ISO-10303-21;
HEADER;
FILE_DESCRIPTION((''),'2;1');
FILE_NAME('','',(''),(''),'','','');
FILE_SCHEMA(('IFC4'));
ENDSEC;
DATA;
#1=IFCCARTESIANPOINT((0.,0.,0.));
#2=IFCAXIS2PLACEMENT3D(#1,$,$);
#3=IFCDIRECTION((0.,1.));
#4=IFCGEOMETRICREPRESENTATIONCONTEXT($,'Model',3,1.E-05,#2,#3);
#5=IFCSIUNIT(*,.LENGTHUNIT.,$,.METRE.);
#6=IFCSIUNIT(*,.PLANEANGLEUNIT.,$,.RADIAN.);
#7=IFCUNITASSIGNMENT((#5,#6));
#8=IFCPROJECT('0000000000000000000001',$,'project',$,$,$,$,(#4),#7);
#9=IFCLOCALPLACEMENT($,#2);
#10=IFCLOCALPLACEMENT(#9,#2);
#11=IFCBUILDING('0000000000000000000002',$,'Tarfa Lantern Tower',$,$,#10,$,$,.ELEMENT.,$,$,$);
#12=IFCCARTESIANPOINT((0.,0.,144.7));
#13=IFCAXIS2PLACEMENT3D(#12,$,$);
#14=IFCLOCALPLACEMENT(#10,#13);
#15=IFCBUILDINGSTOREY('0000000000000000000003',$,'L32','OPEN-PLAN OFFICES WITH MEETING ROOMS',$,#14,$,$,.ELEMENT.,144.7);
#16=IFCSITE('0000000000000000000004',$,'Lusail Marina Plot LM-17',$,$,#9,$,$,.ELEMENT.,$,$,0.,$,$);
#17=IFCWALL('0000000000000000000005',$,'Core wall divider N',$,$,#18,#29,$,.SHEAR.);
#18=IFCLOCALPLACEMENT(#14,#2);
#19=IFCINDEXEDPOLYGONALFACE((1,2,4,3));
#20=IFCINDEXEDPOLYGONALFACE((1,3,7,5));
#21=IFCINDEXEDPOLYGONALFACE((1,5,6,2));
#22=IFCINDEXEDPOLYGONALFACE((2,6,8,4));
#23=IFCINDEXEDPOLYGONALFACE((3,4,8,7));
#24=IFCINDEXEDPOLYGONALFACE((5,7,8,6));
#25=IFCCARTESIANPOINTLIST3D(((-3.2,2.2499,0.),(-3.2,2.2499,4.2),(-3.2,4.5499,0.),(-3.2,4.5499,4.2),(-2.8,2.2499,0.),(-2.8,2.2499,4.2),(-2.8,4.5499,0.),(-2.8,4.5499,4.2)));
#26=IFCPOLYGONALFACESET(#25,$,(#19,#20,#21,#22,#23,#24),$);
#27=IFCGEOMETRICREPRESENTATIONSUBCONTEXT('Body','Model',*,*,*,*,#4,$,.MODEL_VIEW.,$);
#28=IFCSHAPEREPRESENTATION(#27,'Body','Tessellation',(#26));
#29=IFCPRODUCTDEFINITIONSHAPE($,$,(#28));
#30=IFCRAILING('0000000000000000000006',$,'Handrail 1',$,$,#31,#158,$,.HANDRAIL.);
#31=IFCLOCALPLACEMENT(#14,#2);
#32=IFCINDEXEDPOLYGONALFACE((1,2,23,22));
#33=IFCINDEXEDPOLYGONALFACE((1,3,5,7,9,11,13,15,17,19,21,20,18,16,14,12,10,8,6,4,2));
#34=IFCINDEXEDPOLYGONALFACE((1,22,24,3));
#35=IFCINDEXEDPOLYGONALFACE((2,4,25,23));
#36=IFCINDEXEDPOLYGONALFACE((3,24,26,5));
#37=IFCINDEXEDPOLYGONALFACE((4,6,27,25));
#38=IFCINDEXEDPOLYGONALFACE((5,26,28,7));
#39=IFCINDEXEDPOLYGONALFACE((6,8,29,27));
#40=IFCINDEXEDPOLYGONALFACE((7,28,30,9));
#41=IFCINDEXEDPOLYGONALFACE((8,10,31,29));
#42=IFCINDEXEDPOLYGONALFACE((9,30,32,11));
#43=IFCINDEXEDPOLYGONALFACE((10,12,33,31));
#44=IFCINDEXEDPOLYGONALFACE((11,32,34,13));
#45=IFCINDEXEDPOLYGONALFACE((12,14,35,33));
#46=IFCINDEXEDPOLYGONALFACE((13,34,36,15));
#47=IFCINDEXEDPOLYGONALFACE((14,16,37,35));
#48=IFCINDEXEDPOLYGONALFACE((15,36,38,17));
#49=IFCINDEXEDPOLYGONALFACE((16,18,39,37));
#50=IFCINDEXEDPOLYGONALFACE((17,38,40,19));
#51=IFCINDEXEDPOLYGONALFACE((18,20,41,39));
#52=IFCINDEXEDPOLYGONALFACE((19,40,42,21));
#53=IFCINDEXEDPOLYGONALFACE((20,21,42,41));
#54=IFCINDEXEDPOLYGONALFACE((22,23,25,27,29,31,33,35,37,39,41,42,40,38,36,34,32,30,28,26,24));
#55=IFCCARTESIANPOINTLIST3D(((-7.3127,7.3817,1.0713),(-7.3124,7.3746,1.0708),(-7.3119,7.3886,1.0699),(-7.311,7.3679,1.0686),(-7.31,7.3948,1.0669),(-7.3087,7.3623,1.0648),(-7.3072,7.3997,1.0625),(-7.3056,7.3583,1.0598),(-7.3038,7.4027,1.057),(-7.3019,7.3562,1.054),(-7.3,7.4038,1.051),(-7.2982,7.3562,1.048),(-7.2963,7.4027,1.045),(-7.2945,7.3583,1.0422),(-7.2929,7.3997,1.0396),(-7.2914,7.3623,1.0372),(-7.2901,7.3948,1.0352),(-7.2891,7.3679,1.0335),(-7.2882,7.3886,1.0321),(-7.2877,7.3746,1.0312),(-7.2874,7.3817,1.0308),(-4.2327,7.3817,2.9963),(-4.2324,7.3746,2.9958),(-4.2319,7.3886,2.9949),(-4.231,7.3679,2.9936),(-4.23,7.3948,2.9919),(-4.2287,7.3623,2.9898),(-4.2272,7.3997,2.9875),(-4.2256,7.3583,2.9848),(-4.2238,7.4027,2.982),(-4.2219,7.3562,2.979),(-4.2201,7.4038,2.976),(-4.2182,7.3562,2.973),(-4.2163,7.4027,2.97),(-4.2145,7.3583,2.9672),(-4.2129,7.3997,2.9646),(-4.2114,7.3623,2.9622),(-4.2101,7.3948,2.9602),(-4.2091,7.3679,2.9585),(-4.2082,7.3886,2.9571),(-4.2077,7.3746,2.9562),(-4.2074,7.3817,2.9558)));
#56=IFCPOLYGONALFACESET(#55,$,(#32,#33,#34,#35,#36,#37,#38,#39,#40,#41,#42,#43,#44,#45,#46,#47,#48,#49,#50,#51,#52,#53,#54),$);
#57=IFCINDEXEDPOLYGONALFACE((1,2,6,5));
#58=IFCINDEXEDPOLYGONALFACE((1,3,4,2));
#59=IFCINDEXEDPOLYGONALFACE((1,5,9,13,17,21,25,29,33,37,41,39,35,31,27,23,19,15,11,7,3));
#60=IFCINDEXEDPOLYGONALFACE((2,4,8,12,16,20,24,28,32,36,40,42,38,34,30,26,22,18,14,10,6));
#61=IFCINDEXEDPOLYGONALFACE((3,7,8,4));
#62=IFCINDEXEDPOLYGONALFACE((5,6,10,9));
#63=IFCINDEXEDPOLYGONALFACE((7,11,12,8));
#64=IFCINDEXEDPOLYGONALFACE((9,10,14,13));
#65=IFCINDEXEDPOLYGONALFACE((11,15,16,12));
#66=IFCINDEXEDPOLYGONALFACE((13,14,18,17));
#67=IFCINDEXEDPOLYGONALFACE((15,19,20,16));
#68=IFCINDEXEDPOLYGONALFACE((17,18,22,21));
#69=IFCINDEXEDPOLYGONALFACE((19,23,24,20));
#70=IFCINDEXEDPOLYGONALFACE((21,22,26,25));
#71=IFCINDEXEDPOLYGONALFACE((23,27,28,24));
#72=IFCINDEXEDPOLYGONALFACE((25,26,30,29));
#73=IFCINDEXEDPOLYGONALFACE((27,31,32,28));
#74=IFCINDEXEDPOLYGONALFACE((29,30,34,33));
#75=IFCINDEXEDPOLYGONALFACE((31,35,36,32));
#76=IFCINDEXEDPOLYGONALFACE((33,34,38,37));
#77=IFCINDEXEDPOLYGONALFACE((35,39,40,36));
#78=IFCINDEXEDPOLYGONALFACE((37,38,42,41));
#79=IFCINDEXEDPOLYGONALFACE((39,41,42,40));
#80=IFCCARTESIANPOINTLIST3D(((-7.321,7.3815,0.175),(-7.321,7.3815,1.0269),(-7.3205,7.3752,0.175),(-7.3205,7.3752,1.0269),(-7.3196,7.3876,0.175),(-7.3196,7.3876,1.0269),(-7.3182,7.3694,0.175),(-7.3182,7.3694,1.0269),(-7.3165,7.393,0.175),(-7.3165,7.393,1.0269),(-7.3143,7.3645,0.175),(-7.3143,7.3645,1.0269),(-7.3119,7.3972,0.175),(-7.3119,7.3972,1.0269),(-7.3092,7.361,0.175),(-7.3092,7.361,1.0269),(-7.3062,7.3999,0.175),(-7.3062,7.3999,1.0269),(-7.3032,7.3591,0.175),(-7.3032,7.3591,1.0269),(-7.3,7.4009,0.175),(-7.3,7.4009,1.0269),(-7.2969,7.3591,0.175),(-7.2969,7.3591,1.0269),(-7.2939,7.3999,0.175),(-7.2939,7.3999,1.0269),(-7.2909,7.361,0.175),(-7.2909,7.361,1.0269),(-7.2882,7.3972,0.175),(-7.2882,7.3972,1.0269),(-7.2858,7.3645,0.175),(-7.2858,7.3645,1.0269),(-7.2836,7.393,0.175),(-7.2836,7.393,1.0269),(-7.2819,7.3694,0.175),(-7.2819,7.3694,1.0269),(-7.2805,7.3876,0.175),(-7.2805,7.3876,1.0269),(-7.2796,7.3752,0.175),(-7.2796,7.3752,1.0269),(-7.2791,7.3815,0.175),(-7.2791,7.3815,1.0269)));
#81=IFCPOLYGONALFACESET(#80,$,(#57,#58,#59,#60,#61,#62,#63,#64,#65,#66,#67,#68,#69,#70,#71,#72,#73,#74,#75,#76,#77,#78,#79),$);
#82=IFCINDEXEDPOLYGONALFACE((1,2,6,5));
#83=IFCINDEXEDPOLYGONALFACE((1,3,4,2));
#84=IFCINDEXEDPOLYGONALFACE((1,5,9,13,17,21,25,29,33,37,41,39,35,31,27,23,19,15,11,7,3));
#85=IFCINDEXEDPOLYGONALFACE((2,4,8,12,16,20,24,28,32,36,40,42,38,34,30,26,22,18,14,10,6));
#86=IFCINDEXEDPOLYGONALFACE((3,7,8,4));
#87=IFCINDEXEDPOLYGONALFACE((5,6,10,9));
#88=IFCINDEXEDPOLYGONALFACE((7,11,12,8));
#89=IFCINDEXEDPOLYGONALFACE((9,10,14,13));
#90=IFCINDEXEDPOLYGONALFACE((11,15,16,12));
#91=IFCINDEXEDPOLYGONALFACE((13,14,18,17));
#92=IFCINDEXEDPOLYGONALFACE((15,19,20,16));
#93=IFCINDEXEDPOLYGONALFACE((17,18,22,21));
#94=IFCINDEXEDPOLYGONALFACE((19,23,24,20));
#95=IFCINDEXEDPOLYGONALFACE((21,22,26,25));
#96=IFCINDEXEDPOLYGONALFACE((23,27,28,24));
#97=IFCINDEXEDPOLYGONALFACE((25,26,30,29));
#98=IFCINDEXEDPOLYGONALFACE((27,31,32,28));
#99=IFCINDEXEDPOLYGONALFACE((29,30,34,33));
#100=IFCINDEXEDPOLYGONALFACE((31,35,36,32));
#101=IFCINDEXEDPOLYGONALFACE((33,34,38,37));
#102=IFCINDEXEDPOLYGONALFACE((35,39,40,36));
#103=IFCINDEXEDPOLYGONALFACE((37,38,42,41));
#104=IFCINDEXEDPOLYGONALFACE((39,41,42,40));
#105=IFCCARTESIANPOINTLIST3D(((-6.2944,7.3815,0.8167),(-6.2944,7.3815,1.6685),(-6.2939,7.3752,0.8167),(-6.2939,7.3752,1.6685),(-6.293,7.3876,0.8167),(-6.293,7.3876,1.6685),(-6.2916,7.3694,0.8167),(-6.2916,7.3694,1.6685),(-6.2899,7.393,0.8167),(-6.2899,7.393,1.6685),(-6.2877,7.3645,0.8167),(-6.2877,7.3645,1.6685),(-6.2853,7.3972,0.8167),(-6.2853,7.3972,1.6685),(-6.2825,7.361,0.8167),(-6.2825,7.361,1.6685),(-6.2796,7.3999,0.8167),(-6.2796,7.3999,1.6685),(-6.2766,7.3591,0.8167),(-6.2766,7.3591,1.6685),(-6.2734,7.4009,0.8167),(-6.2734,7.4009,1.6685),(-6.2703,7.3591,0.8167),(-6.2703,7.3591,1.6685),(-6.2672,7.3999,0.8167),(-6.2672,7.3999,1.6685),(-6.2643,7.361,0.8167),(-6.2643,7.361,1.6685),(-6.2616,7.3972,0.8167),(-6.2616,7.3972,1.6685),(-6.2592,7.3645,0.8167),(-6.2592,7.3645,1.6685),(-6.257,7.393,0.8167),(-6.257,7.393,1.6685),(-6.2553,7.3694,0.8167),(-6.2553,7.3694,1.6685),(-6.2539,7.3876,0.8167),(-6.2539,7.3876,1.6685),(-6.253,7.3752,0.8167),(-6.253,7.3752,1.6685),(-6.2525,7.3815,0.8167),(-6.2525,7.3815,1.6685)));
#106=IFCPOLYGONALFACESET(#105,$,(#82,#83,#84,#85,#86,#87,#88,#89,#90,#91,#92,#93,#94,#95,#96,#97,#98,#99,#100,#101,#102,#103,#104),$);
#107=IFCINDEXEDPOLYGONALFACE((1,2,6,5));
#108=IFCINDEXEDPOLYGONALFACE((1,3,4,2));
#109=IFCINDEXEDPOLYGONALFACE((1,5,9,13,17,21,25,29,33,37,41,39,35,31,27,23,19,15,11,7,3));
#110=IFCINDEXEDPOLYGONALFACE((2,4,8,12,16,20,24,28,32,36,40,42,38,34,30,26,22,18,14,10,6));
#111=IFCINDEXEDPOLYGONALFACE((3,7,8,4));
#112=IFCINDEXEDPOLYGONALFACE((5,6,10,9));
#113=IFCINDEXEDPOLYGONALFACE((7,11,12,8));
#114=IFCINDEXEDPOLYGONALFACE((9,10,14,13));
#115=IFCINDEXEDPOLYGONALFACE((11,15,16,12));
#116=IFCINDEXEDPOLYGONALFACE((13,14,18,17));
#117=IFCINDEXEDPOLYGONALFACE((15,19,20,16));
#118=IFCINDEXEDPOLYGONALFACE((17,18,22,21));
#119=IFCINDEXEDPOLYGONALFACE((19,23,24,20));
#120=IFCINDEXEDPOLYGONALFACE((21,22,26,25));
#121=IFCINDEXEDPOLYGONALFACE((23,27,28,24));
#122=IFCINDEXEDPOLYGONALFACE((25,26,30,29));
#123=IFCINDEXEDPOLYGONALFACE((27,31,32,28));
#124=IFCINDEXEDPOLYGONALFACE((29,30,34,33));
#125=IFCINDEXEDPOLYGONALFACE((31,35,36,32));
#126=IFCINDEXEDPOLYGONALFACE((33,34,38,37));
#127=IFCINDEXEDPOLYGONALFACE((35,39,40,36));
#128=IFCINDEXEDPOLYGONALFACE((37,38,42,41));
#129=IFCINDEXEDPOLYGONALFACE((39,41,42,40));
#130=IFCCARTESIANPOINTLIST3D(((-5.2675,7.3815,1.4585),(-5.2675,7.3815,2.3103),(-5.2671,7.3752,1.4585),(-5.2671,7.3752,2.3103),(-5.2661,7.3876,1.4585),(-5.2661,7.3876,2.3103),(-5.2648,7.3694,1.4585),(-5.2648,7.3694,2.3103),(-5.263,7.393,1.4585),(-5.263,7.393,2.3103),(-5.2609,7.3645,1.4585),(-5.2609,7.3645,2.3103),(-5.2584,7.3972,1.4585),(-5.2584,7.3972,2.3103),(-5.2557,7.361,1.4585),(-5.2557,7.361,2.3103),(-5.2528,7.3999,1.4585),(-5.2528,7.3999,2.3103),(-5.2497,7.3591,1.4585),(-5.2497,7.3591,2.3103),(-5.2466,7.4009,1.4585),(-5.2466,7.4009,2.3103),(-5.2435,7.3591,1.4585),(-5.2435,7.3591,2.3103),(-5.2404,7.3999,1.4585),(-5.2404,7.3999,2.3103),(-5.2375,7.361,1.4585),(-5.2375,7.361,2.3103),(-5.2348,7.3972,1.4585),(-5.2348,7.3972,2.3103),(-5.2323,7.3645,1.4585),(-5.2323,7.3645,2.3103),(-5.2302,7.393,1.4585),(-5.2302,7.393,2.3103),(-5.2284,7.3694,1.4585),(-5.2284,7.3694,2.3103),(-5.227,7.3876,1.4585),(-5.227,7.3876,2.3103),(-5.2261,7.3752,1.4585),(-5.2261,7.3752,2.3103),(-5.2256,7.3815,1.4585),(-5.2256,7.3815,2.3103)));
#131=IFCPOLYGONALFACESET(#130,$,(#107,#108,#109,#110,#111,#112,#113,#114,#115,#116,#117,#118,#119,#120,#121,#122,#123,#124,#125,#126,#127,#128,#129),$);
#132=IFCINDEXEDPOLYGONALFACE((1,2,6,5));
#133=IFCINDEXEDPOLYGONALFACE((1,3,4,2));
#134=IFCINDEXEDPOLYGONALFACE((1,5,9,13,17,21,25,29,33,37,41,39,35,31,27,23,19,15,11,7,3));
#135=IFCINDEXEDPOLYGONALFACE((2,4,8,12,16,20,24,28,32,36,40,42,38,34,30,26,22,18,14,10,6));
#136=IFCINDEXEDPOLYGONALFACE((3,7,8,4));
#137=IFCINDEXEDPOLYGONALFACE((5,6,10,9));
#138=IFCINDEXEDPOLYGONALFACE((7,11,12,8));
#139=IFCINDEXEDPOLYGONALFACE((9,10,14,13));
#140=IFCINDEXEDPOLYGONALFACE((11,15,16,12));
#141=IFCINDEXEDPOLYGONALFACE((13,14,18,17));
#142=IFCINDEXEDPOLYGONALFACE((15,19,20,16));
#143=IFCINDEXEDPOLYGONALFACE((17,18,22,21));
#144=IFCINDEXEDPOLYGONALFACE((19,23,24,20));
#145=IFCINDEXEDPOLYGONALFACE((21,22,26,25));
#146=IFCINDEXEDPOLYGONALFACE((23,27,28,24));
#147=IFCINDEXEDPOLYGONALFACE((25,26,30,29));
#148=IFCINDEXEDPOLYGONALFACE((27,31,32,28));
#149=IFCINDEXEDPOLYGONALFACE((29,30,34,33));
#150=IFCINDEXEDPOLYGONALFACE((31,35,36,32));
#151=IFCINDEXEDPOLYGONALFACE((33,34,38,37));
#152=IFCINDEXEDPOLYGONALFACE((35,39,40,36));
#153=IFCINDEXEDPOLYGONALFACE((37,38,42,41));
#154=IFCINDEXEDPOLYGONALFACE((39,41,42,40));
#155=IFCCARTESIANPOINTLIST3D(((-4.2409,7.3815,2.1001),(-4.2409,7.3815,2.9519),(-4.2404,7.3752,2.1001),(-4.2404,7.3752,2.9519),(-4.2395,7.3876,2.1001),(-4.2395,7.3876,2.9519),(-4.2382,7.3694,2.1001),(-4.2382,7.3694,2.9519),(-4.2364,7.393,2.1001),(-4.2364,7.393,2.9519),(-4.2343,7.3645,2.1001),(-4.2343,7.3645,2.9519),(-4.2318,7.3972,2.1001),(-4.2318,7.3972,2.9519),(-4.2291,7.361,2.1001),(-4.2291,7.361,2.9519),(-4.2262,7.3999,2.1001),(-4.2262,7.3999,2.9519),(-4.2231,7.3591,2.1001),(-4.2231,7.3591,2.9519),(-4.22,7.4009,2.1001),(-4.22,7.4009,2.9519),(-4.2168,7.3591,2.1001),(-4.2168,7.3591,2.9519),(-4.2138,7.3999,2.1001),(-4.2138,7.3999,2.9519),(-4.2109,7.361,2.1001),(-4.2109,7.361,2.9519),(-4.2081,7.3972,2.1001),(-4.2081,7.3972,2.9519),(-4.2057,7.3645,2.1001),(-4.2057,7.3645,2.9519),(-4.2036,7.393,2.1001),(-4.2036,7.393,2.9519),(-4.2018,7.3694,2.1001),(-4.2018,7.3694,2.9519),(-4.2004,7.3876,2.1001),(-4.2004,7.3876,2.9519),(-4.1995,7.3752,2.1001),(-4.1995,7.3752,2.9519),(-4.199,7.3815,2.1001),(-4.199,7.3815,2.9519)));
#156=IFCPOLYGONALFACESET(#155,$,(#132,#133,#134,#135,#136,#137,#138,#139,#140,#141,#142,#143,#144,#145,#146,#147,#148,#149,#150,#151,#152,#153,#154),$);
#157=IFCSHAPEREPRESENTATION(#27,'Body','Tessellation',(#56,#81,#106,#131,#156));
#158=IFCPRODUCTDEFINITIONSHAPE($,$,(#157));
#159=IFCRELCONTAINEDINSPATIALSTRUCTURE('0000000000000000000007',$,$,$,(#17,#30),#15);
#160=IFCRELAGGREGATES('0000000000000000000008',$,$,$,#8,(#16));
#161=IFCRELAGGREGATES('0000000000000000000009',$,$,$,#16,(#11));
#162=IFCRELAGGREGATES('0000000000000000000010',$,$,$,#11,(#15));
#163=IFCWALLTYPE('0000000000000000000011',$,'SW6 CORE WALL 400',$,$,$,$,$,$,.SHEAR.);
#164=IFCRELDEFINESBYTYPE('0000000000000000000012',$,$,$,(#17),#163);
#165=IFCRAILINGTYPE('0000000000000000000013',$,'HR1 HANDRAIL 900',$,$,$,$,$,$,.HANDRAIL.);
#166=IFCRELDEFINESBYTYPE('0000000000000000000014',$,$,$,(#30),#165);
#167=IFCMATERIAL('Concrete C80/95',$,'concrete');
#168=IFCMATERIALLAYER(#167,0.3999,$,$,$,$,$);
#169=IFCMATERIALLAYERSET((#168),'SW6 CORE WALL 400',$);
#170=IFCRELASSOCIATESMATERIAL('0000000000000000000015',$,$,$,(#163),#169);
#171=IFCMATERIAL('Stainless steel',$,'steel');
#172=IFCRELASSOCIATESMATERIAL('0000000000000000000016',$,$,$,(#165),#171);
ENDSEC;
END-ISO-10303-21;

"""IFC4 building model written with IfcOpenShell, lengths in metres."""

from ifc_helpers import new_model, si_unit, direction, frame, frame_2d, origin, origin_2d, place, context, subcontext, project, spatial, rectangle, circle, extrude, material, layer, layer_set, type_object, element, save


model = new_model("IFC4")

# Units and contexts
model_context = context("Model", 3, precision=1e-05, world=origin(), true_north=direction((0.0, 1.0)))
body_context = subcontext(model_context, "Body", "Model", "MODEL_VIEW")
ifc_project = project(units=[si_unit("LENGTHUNIT", "METRE"), si_unit("PLANEANGLEUNIT", "RADIAN")], contexts=[model_context])

# Site, building, storey
site_placement = place(None, origin())
site = spatial("IfcSite", under=ifc_project, at=site_placement, Name="Lusail Marina Plot LM-17", CompositionType="ELEMENT", RefElevation=0.0)
building_placement = place(site_placement, origin())
building = spatial("IfcBuilding", under=site, at=building_placement, Name="Tarfa Lantern Tower", CompositionType="ELEMENT")
storey_placement = place(building_placement, frame((0.0, 0.0, 144.7)))
storey = spatial("IfcBuildingStorey", under=building, at=storey_placement, Name="L32", Description="OPEN-PLAN OFFICES WITH MEETING ROOMS", CompositionType="ELEMENT", Elevation=144.7)

# Shared definitions
ifc_material_1 = material(Name="Concrete C80/95", Category="concrete")

# Wall
ifc_layer_1 = layer(ifc_material_1, 0.3999)
ifc_layer_set_1 = layer_set([ifc_layer_1], Name="SW6 CORE WALL 400")
wall_type_1 = type_object("IfcWallType", Name="SW6 CORE WALL 400", PredefinedType="SHEAR", material=ifc_layer_set_1)
for number, where, z_axis, x_axis, name in (
    (1, (-3.0, 2.25, 0.0), (0.0, 0.0, 1.0), (0.0, 1.0, 0.0), "Core wall divider N"),
):
    element("IfcWall", number, at=place(storey_placement, frame(where, z_axis=z_axis, x_axis=x_axis)), inside=storey, type_object=wall_type_1, Name=name, PredefinedType="SHEAR", context=body_context, shape_type="SweptSolid", body=[
        extrude(rectangle(XDim=2.3, YDim=0.3999, at=frame_2d((1.1499, 0.0))), origin(), (0.0, 0.0, 1.0), 4.2),
    ])

# Railing
ifc_material_2 = material(Name="Stainless steel", Category="steel")
railing_type = type_object("IfcRailingType", Name="HR1 HANDRAIL 900", PredefinedType="HANDRAIL", material=ifc_material_2)
railing_placement = place(storey_placement, frame((-7.3, 7.3799, 0.175)))
element("IfcRailing", 2, at=railing_placement, inside=storey, type_object=railing_type, Name="Handrail 1", PredefinedType="HANDRAIL", context=body_context, shape_type="SweptSolid", body=[
    extrude(circle(Radius=0.0239, at=origin_2d()), frame((0.0, 0.0, 0.876), z_axis=(0.847998, 0.0, 0.529999), x_axis=(0.0, 1.0, 0.0)), (0.0, 0.0, 1.0), 3.6321),
    extrude(circle(Radius=0.021, at=origin_2d()), frame((0.0, 0.0, 0.0), z_axis=(0.0, 0.0, 1.0), x_axis=(0.0, 1.0, 0.0)), (0.0, 0.0, 1.0), 0.8518),
    extrude(circle(Radius=0.021, at=origin_2d()), frame((1.0266, 0.0, 0.6416), z_axis=(0.0, 0.0, 1.0), x_axis=(0.0, 1.0, 0.0)), (0.0, 0.0, 1.0), 0.8518),
    extrude(circle(Radius=0.021, at=origin_2d()), frame((2.0535, 0.0, 1.2834), z_axis=(0.0, 0.0, 1.0), x_axis=(0.0, 1.0, 0.0)), (0.0, 0.0, 1.0), 0.8518),
    extrude(circle(Radius=0.021, at=origin_2d()), frame((3.0801, 0.0, 1.925), z_axis=(0.0, 0.0, 1.0), x_axis=(0.0, 1.0, 0.0)), (0.0, 0.0, 1.0), 0.8518),
])

save(model, "model.ifc")
